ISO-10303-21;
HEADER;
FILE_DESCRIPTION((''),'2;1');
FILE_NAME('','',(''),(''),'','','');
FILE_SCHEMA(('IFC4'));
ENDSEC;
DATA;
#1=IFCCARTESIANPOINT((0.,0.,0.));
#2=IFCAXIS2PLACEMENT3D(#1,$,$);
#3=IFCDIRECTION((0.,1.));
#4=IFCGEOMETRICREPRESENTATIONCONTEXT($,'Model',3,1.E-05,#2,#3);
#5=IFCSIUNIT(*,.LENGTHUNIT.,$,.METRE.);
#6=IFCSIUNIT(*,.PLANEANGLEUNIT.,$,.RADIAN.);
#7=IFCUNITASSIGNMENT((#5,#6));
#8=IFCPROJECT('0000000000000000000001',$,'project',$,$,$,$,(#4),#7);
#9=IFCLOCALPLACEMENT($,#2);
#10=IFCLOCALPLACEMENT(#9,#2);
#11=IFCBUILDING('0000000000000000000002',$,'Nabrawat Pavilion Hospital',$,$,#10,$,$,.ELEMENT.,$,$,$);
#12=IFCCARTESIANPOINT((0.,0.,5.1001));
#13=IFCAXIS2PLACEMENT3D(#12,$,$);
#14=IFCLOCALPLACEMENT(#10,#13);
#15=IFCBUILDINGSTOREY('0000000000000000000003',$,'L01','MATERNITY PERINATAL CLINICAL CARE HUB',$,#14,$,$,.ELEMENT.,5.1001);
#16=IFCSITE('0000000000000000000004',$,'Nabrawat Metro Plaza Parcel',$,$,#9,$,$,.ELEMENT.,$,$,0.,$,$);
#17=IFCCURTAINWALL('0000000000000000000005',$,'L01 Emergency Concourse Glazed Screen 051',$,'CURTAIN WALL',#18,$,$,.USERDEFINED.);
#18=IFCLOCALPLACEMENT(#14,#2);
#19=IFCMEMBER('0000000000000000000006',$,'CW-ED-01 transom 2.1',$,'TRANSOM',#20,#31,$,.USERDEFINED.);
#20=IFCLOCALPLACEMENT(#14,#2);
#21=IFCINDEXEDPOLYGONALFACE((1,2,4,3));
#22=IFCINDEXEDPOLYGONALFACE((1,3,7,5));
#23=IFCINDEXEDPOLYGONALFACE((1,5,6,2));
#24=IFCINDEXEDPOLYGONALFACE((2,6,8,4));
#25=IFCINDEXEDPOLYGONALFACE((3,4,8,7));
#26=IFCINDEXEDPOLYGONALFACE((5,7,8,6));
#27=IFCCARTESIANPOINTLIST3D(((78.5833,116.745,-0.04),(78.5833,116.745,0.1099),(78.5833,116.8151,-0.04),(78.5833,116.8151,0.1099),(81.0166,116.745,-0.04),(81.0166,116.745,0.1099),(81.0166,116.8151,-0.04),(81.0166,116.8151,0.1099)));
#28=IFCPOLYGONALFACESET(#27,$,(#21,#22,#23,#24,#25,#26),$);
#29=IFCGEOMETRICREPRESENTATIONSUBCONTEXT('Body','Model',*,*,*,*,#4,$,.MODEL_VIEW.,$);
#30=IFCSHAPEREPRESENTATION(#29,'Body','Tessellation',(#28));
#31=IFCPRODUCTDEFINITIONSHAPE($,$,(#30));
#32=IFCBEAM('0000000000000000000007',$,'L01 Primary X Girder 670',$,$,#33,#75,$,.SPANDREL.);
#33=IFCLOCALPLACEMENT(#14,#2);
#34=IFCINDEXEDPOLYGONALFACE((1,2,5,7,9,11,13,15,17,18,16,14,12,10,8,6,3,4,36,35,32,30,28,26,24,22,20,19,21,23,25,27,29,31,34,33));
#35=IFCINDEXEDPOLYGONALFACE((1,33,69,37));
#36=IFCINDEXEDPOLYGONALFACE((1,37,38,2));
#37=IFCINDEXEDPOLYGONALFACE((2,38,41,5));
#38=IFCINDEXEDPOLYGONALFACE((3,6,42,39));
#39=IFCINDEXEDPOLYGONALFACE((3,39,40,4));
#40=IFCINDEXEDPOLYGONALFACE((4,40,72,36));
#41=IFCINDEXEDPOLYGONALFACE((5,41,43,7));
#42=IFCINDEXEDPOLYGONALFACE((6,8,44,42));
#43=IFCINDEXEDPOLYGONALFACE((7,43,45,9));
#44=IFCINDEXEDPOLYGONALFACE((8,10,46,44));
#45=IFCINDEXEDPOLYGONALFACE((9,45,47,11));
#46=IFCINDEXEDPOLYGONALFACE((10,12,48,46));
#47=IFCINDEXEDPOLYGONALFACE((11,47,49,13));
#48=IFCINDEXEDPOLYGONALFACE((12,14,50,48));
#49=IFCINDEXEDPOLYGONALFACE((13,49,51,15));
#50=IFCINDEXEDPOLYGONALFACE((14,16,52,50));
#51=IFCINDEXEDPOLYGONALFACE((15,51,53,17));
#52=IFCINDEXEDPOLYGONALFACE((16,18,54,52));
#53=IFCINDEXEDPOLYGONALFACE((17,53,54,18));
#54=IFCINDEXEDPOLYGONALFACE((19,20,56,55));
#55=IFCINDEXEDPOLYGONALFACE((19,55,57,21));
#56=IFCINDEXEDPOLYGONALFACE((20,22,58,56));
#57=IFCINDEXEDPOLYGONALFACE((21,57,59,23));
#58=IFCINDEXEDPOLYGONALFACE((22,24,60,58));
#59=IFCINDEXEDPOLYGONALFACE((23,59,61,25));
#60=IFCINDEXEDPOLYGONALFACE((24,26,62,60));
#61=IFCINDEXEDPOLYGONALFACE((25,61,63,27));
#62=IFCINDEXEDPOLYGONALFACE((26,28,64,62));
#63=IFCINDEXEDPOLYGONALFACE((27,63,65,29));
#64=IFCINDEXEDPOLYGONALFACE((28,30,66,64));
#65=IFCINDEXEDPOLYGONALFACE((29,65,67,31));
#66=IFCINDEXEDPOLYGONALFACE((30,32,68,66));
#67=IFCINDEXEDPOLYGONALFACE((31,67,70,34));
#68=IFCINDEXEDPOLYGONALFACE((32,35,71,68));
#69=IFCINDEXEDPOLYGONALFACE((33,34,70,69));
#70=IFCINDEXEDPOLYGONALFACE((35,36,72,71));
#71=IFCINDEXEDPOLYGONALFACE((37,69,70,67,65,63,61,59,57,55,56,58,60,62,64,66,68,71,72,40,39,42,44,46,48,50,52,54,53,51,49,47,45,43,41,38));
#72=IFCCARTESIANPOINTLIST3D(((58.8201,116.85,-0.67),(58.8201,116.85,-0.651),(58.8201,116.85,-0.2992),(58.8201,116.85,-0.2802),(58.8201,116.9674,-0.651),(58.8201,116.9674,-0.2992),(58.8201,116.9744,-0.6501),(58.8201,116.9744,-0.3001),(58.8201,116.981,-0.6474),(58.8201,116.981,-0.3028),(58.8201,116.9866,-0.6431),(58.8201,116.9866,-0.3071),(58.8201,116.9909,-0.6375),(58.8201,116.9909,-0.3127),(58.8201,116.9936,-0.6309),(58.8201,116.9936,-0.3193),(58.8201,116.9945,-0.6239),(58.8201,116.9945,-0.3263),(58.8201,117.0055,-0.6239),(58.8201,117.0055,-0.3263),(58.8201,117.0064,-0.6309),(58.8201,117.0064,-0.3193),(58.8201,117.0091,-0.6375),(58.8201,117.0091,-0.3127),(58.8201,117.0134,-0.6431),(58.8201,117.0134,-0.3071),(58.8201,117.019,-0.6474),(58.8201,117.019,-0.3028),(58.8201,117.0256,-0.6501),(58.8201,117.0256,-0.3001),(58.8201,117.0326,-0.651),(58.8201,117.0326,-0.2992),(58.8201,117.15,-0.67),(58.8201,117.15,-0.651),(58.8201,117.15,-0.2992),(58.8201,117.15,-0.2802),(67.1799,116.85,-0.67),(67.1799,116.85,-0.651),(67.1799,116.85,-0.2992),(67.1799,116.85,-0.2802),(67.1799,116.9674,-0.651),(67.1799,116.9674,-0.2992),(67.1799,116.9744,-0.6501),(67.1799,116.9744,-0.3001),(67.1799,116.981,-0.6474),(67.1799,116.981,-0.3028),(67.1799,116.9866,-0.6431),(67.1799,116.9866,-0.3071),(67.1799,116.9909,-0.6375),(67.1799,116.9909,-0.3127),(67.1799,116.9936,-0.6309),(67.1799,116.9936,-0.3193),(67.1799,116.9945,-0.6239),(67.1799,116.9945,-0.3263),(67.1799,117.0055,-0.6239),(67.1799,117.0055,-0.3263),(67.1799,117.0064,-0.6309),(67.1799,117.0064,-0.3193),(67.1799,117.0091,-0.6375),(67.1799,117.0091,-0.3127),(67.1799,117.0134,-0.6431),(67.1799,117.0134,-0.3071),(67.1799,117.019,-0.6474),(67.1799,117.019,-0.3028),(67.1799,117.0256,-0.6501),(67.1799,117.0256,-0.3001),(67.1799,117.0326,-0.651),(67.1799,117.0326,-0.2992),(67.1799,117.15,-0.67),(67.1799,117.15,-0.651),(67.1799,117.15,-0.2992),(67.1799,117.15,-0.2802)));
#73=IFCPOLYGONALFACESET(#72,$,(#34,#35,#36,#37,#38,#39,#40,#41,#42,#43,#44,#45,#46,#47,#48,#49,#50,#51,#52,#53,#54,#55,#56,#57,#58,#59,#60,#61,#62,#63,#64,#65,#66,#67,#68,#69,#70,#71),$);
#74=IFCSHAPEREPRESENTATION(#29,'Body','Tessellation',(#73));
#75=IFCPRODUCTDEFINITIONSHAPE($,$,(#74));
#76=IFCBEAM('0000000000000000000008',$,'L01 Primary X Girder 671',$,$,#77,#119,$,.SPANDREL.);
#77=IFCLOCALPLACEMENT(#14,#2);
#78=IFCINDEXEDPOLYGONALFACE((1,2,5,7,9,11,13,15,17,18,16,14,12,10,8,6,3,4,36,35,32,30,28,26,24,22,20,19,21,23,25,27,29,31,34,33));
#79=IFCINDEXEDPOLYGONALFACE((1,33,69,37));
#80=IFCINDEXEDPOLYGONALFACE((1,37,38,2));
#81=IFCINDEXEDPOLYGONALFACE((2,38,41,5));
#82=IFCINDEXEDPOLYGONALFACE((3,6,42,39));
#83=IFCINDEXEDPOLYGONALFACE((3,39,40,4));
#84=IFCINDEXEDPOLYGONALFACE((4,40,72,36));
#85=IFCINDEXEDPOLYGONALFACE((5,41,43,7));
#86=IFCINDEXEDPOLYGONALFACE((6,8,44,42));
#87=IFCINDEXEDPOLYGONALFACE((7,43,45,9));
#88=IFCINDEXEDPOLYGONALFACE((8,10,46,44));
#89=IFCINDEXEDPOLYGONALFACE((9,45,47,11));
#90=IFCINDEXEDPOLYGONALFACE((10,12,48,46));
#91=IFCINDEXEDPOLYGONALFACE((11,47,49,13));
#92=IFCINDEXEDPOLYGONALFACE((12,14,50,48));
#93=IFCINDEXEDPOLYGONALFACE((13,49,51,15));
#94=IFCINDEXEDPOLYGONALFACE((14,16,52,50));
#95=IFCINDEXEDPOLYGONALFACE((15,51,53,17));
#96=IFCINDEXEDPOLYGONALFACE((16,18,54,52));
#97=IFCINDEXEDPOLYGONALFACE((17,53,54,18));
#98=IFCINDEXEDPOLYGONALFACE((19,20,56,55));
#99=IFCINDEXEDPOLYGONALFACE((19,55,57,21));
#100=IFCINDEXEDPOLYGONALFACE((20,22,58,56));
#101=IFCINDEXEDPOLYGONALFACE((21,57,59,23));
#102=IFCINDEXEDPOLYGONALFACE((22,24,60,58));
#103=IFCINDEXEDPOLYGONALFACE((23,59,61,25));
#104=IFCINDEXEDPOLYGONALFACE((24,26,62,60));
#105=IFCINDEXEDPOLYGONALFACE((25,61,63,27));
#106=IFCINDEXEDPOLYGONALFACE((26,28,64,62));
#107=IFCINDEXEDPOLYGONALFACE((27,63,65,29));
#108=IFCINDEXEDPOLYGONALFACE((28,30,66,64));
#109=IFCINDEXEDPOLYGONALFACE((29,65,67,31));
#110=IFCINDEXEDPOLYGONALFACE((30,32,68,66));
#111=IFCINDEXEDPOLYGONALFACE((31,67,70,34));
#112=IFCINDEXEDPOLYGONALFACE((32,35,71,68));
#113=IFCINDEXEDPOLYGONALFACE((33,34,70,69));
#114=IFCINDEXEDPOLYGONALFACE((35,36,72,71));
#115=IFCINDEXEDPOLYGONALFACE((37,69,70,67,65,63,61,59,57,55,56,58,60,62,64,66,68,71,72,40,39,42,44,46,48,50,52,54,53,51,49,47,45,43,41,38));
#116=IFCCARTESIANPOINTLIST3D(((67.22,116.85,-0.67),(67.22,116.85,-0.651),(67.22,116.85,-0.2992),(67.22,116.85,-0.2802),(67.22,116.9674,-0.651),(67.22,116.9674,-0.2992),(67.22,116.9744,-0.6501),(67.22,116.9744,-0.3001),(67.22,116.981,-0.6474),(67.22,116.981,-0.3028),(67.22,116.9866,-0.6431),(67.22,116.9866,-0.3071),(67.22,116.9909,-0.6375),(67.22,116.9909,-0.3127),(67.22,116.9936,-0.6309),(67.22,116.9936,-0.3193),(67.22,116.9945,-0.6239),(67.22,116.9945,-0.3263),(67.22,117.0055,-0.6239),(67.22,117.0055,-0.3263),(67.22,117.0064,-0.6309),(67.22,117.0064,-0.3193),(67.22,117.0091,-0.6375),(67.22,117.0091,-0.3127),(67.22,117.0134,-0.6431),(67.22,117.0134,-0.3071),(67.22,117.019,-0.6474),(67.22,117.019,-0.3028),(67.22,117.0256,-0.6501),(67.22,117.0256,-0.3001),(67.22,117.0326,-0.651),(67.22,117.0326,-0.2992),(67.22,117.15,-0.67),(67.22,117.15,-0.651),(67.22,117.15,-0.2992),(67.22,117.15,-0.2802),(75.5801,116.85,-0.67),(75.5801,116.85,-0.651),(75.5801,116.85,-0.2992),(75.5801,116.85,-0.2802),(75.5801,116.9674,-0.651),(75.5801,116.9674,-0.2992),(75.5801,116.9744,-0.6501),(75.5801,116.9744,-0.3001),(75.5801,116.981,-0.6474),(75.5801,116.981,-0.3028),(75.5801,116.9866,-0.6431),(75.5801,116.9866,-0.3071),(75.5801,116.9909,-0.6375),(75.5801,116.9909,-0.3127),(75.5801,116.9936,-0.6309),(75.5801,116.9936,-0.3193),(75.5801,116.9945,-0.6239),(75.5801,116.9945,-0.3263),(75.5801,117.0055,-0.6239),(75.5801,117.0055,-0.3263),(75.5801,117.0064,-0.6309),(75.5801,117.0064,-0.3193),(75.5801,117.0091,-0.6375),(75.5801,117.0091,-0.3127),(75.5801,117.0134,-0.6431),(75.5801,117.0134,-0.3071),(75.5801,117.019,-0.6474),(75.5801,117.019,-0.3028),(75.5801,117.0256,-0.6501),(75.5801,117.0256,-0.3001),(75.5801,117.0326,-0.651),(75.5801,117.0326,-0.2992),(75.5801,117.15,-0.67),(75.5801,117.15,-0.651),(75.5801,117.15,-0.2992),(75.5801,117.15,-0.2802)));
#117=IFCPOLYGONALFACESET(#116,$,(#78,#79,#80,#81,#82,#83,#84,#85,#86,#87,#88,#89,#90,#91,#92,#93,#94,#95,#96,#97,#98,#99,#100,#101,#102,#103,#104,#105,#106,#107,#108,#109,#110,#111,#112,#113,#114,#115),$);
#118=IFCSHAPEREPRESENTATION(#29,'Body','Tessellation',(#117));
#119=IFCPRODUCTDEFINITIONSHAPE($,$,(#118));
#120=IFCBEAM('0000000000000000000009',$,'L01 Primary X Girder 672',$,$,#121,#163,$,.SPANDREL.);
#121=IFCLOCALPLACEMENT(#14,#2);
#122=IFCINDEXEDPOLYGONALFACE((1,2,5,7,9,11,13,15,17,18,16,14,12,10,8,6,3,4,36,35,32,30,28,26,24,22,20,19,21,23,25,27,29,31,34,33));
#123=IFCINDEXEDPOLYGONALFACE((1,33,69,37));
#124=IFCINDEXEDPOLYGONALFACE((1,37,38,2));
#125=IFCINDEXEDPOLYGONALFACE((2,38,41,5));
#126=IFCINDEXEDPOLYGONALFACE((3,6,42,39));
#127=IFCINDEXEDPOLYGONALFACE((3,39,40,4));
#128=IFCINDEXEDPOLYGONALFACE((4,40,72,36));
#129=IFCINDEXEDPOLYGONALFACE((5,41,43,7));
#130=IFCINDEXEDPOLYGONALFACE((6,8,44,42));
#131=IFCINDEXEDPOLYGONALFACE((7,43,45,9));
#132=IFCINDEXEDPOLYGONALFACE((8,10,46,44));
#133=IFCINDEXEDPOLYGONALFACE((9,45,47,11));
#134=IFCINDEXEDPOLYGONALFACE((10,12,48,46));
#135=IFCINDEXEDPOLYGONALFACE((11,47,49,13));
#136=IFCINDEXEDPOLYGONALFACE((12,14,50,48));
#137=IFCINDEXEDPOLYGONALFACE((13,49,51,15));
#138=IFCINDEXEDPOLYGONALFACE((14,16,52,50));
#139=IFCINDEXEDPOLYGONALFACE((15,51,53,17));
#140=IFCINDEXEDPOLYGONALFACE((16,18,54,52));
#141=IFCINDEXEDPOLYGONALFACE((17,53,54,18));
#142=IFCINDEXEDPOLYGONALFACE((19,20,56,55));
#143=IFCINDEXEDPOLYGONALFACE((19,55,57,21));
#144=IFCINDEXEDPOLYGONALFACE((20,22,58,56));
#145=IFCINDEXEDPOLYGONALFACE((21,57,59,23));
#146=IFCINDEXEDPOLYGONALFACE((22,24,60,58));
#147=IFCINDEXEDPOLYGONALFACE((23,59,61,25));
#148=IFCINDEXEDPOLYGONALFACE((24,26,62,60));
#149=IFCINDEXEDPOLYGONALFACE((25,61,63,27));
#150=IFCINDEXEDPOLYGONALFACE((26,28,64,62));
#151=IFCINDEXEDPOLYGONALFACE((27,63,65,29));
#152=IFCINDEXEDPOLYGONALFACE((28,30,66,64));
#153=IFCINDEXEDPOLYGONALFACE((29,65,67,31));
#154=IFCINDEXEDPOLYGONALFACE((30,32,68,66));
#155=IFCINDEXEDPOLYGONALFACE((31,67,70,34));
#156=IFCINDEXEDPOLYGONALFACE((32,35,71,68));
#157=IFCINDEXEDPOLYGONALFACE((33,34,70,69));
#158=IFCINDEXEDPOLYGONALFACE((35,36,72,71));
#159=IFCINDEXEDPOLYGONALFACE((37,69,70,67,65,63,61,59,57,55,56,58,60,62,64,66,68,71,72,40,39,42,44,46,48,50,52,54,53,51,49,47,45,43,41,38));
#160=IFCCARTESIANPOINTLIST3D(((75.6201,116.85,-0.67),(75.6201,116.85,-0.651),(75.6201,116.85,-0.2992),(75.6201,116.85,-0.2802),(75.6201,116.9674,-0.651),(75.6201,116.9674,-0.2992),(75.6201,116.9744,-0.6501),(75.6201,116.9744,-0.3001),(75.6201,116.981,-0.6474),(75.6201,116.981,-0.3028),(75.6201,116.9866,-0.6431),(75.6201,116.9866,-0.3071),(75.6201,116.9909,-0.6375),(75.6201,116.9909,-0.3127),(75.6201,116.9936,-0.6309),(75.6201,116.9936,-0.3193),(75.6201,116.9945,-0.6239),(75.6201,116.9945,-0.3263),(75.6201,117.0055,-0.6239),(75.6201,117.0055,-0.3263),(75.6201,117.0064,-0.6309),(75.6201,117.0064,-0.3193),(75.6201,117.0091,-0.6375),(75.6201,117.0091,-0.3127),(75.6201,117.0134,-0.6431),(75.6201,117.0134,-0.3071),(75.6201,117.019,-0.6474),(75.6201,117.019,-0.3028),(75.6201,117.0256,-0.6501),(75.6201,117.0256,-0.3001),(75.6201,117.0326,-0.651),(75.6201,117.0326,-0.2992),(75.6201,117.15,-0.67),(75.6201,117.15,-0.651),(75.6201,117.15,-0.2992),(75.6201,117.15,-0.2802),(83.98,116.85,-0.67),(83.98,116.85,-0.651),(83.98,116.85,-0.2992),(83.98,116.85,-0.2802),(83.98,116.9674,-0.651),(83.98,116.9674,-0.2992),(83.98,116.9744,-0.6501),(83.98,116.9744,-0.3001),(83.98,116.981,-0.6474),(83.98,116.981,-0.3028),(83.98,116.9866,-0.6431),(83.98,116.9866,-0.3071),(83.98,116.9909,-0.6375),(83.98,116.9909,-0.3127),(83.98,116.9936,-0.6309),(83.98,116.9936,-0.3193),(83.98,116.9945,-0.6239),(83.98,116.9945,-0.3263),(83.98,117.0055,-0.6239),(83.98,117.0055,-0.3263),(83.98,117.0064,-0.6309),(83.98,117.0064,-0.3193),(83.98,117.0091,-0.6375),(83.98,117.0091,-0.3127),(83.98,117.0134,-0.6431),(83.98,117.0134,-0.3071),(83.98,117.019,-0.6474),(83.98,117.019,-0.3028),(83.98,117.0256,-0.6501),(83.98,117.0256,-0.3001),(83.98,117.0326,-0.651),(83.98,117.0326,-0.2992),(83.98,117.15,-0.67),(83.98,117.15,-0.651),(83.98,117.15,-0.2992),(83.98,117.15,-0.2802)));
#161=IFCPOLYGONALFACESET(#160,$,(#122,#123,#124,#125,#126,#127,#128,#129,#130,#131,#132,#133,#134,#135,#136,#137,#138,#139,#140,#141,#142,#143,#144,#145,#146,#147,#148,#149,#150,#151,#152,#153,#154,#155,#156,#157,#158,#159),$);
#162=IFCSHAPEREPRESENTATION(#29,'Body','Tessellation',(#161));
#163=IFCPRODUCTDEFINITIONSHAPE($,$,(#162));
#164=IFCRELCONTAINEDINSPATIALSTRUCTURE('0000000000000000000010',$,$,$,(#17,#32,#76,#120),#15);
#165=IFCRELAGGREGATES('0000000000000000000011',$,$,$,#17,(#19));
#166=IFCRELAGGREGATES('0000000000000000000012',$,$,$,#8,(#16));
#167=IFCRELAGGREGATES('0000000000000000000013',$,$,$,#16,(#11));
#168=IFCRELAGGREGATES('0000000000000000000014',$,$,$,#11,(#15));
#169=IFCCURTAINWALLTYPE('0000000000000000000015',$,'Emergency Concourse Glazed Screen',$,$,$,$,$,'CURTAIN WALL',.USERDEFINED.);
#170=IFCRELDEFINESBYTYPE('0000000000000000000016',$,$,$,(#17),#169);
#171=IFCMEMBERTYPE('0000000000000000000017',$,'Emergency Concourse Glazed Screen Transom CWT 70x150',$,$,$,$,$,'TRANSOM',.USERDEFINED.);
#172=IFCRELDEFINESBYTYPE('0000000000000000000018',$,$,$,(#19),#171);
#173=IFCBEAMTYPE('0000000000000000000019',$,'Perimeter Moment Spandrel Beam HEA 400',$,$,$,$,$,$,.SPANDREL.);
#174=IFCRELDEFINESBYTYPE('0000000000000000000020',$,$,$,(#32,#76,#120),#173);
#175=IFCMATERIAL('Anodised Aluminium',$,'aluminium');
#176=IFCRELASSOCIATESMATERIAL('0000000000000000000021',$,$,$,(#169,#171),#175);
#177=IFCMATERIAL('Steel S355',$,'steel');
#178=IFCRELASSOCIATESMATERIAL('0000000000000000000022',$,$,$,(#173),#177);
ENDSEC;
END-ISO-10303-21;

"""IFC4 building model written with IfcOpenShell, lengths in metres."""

from ifc_helpers import new_model, si_unit, direction, frame, origin, origin_2d, place, context, subcontext, project, spatial, rectangle, i_section, extrude, material, material_profile, profile_set, type_object, element, aggregate, save


model = new_model("IFC4")

# Units and contexts
model_context = context("Model", 3, precision=1e-05, world=origin(), true_north=direction((0.0, 1.0)))
body_context = subcontext(model_context, "Body", "Model", "MODEL_VIEW")
ifc_project = project(units=[si_unit("LENGTHUNIT", "METRE"), si_unit("PLANEANGLEUNIT", "RADIAN")], contexts=[model_context])

# Site, building, storey
site_placement = place(None, origin())
site = spatial("IfcSite", under=ifc_project, at=site_placement, Name="Nabrawat Metro Plaza Parcel", CompositionType="ELEMENT", RefElevation=0.0)
building_placement = place(site_placement, origin())
building = spatial("IfcBuilding", under=site, at=building_placement, Name="Nabrawat Pavilion Hospital", CompositionType="ELEMENT")
storey_placement = place(building_placement, frame((0.0, 0.0, 5.1001)))
storey = spatial("IfcBuildingStorey", under=building, at=storey_placement, Name="L01", Description="MATERNITY PERINATAL CLINICAL CARE HUB", CompositionType="ELEMENT", Elevation=5.1001)

# Curtain wall, member
ifc_material_1 = material(Name="Anodised Aluminium", Category="aluminium")
curtain_wall_type = type_object("IfcCurtainWallType", Name="Emergency Concourse Glazed Screen", ElementType="CURTAIN WALL", PredefinedType="USERDEFINED", material=ifc_material_1)
curtain_wall_placement = place(storey_placement, origin())
curtain_wall = element("IfcCurtainWall", 1, at=curtain_wall_placement, inside=storey, type_object=curtain_wall_type, Name="L01 Emergency Concourse Glazed Screen 051", ObjectType="CURTAIN WALL", PredefinedType="USERDEFINED")
ifc_material_profile_1 = material_profile(ifc_material_1, rectangle(XDim=0.0701, YDim=0.1499, at=origin_2d()), Name="CWT 70x150")
ifc_profile_set_1 = profile_set([ifc_material_profile_1], Name="Anodised Aluminium")
member_type_1 = type_object("IfcMemberType", Name="Emergency Concourse Glazed Screen Transom CWT 70x150", ElementType="TRANSOM", PredefinedType="USERDEFINED", material=ifc_profile_set_1)
member_1_placement = place(storey_placement, frame((78.5833, 116.78, 0.0349), z_axis=(1.0, 0.0, 0.0), x_axis=(0.0, 1.0, 0.0)))
member_1 = element("IfcMember", 2, at=member_1_placement, type_object=member_type_1, Name="CW-ED-01 transom 2.1", ObjectType="TRANSOM", PredefinedType="USERDEFINED", context=body_context, shape_type="SweptSolid", body=[
    extrude(rectangle(XDim=0.0701, YDim=0.1499, at=origin_2d()), origin(), (0.0, 0.0, 1.0), 2.4333),
])

# Beams
ifc_material_2 = material(Name="Steel S355", Category="steel")
ifc_material_profile_2 = material_profile(ifc_material_2, i_section(OverallWidth=0.3, OverallDepth=0.3899, WebThickness=0.011, FlangeThickness=0.019, FilletRadius=0.0271, at=origin_2d()), Name="HEA 400")
ifc_profile_set_2 = profile_set([ifc_material_profile_2], Name="Steel S355")
beam_type_1 = type_object("IfcBeamType", Name="Perimeter Moment Spandrel Beam HEA 400", PredefinedType="SPANDREL", material=ifc_profile_set_2)
beam_1_placement = place(storey_placement, frame((58.8201, 117.0, -0.4751), z_axis=(1.0, 0.0, 0.0), x_axis=(0.0, 1.0, 0.0)))
element("IfcBeam", 3, at=beam_1_placement, inside=storey, type_object=beam_type_1, Name="L01 Primary X Girder 670", PredefinedType="SPANDREL", context=body_context, shape_type="SweptSolid", body=[
    extrude(i_section(OverallWidth=0.3, OverallDepth=0.3899, WebThickness=0.011, FlangeThickness=0.019, FilletRadius=0.0271, at=origin_2d()), origin(), (0.0, 0.0, 1.0), 8.3599),
])
beam_2_placement = place(storey_placement, frame((67.22, 117.0, -0.4751), z_axis=(1.0, 0.0, 0.0), x_axis=(0.0, 1.0, 0.0)))
element("IfcBeam", 4, at=beam_2_placement, inside=storey, type_object=beam_type_1, Name="L01 Primary X Girder 671", PredefinedType="SPANDREL", context=body_context, shape_type="SweptSolid", body=[
    extrude(i_section(OverallWidth=0.3, OverallDepth=0.3899, WebThickness=0.011, FlangeThickness=0.019, FilletRadius=0.0271, at=origin_2d()), origin(), (0.0, 0.0, 1.0), 8.3601),
])
beam_3_placement = place(storey_placement, frame((75.6201, 117.0, -0.4751), z_axis=(1.0, 0.0, 0.0), x_axis=(0.0, 1.0, 0.0)))
element("IfcBeam", 5, at=beam_3_placement, inside=storey, type_object=beam_type_1, Name="L01 Primary X Girder 672", PredefinedType="SPANDREL", context=body_context, shape_type="SweptSolid", body=[
    extrude(i_section(OverallWidth=0.3, OverallDepth=0.3899, WebThickness=0.011, FlangeThickness=0.019, FilletRadius=0.0271, at=origin_2d()), origin(), (0.0, 0.0, 1.0), 8.3599),
])

aggregate(curtain_wall, [member_1])

save(model, "model.ifc")
